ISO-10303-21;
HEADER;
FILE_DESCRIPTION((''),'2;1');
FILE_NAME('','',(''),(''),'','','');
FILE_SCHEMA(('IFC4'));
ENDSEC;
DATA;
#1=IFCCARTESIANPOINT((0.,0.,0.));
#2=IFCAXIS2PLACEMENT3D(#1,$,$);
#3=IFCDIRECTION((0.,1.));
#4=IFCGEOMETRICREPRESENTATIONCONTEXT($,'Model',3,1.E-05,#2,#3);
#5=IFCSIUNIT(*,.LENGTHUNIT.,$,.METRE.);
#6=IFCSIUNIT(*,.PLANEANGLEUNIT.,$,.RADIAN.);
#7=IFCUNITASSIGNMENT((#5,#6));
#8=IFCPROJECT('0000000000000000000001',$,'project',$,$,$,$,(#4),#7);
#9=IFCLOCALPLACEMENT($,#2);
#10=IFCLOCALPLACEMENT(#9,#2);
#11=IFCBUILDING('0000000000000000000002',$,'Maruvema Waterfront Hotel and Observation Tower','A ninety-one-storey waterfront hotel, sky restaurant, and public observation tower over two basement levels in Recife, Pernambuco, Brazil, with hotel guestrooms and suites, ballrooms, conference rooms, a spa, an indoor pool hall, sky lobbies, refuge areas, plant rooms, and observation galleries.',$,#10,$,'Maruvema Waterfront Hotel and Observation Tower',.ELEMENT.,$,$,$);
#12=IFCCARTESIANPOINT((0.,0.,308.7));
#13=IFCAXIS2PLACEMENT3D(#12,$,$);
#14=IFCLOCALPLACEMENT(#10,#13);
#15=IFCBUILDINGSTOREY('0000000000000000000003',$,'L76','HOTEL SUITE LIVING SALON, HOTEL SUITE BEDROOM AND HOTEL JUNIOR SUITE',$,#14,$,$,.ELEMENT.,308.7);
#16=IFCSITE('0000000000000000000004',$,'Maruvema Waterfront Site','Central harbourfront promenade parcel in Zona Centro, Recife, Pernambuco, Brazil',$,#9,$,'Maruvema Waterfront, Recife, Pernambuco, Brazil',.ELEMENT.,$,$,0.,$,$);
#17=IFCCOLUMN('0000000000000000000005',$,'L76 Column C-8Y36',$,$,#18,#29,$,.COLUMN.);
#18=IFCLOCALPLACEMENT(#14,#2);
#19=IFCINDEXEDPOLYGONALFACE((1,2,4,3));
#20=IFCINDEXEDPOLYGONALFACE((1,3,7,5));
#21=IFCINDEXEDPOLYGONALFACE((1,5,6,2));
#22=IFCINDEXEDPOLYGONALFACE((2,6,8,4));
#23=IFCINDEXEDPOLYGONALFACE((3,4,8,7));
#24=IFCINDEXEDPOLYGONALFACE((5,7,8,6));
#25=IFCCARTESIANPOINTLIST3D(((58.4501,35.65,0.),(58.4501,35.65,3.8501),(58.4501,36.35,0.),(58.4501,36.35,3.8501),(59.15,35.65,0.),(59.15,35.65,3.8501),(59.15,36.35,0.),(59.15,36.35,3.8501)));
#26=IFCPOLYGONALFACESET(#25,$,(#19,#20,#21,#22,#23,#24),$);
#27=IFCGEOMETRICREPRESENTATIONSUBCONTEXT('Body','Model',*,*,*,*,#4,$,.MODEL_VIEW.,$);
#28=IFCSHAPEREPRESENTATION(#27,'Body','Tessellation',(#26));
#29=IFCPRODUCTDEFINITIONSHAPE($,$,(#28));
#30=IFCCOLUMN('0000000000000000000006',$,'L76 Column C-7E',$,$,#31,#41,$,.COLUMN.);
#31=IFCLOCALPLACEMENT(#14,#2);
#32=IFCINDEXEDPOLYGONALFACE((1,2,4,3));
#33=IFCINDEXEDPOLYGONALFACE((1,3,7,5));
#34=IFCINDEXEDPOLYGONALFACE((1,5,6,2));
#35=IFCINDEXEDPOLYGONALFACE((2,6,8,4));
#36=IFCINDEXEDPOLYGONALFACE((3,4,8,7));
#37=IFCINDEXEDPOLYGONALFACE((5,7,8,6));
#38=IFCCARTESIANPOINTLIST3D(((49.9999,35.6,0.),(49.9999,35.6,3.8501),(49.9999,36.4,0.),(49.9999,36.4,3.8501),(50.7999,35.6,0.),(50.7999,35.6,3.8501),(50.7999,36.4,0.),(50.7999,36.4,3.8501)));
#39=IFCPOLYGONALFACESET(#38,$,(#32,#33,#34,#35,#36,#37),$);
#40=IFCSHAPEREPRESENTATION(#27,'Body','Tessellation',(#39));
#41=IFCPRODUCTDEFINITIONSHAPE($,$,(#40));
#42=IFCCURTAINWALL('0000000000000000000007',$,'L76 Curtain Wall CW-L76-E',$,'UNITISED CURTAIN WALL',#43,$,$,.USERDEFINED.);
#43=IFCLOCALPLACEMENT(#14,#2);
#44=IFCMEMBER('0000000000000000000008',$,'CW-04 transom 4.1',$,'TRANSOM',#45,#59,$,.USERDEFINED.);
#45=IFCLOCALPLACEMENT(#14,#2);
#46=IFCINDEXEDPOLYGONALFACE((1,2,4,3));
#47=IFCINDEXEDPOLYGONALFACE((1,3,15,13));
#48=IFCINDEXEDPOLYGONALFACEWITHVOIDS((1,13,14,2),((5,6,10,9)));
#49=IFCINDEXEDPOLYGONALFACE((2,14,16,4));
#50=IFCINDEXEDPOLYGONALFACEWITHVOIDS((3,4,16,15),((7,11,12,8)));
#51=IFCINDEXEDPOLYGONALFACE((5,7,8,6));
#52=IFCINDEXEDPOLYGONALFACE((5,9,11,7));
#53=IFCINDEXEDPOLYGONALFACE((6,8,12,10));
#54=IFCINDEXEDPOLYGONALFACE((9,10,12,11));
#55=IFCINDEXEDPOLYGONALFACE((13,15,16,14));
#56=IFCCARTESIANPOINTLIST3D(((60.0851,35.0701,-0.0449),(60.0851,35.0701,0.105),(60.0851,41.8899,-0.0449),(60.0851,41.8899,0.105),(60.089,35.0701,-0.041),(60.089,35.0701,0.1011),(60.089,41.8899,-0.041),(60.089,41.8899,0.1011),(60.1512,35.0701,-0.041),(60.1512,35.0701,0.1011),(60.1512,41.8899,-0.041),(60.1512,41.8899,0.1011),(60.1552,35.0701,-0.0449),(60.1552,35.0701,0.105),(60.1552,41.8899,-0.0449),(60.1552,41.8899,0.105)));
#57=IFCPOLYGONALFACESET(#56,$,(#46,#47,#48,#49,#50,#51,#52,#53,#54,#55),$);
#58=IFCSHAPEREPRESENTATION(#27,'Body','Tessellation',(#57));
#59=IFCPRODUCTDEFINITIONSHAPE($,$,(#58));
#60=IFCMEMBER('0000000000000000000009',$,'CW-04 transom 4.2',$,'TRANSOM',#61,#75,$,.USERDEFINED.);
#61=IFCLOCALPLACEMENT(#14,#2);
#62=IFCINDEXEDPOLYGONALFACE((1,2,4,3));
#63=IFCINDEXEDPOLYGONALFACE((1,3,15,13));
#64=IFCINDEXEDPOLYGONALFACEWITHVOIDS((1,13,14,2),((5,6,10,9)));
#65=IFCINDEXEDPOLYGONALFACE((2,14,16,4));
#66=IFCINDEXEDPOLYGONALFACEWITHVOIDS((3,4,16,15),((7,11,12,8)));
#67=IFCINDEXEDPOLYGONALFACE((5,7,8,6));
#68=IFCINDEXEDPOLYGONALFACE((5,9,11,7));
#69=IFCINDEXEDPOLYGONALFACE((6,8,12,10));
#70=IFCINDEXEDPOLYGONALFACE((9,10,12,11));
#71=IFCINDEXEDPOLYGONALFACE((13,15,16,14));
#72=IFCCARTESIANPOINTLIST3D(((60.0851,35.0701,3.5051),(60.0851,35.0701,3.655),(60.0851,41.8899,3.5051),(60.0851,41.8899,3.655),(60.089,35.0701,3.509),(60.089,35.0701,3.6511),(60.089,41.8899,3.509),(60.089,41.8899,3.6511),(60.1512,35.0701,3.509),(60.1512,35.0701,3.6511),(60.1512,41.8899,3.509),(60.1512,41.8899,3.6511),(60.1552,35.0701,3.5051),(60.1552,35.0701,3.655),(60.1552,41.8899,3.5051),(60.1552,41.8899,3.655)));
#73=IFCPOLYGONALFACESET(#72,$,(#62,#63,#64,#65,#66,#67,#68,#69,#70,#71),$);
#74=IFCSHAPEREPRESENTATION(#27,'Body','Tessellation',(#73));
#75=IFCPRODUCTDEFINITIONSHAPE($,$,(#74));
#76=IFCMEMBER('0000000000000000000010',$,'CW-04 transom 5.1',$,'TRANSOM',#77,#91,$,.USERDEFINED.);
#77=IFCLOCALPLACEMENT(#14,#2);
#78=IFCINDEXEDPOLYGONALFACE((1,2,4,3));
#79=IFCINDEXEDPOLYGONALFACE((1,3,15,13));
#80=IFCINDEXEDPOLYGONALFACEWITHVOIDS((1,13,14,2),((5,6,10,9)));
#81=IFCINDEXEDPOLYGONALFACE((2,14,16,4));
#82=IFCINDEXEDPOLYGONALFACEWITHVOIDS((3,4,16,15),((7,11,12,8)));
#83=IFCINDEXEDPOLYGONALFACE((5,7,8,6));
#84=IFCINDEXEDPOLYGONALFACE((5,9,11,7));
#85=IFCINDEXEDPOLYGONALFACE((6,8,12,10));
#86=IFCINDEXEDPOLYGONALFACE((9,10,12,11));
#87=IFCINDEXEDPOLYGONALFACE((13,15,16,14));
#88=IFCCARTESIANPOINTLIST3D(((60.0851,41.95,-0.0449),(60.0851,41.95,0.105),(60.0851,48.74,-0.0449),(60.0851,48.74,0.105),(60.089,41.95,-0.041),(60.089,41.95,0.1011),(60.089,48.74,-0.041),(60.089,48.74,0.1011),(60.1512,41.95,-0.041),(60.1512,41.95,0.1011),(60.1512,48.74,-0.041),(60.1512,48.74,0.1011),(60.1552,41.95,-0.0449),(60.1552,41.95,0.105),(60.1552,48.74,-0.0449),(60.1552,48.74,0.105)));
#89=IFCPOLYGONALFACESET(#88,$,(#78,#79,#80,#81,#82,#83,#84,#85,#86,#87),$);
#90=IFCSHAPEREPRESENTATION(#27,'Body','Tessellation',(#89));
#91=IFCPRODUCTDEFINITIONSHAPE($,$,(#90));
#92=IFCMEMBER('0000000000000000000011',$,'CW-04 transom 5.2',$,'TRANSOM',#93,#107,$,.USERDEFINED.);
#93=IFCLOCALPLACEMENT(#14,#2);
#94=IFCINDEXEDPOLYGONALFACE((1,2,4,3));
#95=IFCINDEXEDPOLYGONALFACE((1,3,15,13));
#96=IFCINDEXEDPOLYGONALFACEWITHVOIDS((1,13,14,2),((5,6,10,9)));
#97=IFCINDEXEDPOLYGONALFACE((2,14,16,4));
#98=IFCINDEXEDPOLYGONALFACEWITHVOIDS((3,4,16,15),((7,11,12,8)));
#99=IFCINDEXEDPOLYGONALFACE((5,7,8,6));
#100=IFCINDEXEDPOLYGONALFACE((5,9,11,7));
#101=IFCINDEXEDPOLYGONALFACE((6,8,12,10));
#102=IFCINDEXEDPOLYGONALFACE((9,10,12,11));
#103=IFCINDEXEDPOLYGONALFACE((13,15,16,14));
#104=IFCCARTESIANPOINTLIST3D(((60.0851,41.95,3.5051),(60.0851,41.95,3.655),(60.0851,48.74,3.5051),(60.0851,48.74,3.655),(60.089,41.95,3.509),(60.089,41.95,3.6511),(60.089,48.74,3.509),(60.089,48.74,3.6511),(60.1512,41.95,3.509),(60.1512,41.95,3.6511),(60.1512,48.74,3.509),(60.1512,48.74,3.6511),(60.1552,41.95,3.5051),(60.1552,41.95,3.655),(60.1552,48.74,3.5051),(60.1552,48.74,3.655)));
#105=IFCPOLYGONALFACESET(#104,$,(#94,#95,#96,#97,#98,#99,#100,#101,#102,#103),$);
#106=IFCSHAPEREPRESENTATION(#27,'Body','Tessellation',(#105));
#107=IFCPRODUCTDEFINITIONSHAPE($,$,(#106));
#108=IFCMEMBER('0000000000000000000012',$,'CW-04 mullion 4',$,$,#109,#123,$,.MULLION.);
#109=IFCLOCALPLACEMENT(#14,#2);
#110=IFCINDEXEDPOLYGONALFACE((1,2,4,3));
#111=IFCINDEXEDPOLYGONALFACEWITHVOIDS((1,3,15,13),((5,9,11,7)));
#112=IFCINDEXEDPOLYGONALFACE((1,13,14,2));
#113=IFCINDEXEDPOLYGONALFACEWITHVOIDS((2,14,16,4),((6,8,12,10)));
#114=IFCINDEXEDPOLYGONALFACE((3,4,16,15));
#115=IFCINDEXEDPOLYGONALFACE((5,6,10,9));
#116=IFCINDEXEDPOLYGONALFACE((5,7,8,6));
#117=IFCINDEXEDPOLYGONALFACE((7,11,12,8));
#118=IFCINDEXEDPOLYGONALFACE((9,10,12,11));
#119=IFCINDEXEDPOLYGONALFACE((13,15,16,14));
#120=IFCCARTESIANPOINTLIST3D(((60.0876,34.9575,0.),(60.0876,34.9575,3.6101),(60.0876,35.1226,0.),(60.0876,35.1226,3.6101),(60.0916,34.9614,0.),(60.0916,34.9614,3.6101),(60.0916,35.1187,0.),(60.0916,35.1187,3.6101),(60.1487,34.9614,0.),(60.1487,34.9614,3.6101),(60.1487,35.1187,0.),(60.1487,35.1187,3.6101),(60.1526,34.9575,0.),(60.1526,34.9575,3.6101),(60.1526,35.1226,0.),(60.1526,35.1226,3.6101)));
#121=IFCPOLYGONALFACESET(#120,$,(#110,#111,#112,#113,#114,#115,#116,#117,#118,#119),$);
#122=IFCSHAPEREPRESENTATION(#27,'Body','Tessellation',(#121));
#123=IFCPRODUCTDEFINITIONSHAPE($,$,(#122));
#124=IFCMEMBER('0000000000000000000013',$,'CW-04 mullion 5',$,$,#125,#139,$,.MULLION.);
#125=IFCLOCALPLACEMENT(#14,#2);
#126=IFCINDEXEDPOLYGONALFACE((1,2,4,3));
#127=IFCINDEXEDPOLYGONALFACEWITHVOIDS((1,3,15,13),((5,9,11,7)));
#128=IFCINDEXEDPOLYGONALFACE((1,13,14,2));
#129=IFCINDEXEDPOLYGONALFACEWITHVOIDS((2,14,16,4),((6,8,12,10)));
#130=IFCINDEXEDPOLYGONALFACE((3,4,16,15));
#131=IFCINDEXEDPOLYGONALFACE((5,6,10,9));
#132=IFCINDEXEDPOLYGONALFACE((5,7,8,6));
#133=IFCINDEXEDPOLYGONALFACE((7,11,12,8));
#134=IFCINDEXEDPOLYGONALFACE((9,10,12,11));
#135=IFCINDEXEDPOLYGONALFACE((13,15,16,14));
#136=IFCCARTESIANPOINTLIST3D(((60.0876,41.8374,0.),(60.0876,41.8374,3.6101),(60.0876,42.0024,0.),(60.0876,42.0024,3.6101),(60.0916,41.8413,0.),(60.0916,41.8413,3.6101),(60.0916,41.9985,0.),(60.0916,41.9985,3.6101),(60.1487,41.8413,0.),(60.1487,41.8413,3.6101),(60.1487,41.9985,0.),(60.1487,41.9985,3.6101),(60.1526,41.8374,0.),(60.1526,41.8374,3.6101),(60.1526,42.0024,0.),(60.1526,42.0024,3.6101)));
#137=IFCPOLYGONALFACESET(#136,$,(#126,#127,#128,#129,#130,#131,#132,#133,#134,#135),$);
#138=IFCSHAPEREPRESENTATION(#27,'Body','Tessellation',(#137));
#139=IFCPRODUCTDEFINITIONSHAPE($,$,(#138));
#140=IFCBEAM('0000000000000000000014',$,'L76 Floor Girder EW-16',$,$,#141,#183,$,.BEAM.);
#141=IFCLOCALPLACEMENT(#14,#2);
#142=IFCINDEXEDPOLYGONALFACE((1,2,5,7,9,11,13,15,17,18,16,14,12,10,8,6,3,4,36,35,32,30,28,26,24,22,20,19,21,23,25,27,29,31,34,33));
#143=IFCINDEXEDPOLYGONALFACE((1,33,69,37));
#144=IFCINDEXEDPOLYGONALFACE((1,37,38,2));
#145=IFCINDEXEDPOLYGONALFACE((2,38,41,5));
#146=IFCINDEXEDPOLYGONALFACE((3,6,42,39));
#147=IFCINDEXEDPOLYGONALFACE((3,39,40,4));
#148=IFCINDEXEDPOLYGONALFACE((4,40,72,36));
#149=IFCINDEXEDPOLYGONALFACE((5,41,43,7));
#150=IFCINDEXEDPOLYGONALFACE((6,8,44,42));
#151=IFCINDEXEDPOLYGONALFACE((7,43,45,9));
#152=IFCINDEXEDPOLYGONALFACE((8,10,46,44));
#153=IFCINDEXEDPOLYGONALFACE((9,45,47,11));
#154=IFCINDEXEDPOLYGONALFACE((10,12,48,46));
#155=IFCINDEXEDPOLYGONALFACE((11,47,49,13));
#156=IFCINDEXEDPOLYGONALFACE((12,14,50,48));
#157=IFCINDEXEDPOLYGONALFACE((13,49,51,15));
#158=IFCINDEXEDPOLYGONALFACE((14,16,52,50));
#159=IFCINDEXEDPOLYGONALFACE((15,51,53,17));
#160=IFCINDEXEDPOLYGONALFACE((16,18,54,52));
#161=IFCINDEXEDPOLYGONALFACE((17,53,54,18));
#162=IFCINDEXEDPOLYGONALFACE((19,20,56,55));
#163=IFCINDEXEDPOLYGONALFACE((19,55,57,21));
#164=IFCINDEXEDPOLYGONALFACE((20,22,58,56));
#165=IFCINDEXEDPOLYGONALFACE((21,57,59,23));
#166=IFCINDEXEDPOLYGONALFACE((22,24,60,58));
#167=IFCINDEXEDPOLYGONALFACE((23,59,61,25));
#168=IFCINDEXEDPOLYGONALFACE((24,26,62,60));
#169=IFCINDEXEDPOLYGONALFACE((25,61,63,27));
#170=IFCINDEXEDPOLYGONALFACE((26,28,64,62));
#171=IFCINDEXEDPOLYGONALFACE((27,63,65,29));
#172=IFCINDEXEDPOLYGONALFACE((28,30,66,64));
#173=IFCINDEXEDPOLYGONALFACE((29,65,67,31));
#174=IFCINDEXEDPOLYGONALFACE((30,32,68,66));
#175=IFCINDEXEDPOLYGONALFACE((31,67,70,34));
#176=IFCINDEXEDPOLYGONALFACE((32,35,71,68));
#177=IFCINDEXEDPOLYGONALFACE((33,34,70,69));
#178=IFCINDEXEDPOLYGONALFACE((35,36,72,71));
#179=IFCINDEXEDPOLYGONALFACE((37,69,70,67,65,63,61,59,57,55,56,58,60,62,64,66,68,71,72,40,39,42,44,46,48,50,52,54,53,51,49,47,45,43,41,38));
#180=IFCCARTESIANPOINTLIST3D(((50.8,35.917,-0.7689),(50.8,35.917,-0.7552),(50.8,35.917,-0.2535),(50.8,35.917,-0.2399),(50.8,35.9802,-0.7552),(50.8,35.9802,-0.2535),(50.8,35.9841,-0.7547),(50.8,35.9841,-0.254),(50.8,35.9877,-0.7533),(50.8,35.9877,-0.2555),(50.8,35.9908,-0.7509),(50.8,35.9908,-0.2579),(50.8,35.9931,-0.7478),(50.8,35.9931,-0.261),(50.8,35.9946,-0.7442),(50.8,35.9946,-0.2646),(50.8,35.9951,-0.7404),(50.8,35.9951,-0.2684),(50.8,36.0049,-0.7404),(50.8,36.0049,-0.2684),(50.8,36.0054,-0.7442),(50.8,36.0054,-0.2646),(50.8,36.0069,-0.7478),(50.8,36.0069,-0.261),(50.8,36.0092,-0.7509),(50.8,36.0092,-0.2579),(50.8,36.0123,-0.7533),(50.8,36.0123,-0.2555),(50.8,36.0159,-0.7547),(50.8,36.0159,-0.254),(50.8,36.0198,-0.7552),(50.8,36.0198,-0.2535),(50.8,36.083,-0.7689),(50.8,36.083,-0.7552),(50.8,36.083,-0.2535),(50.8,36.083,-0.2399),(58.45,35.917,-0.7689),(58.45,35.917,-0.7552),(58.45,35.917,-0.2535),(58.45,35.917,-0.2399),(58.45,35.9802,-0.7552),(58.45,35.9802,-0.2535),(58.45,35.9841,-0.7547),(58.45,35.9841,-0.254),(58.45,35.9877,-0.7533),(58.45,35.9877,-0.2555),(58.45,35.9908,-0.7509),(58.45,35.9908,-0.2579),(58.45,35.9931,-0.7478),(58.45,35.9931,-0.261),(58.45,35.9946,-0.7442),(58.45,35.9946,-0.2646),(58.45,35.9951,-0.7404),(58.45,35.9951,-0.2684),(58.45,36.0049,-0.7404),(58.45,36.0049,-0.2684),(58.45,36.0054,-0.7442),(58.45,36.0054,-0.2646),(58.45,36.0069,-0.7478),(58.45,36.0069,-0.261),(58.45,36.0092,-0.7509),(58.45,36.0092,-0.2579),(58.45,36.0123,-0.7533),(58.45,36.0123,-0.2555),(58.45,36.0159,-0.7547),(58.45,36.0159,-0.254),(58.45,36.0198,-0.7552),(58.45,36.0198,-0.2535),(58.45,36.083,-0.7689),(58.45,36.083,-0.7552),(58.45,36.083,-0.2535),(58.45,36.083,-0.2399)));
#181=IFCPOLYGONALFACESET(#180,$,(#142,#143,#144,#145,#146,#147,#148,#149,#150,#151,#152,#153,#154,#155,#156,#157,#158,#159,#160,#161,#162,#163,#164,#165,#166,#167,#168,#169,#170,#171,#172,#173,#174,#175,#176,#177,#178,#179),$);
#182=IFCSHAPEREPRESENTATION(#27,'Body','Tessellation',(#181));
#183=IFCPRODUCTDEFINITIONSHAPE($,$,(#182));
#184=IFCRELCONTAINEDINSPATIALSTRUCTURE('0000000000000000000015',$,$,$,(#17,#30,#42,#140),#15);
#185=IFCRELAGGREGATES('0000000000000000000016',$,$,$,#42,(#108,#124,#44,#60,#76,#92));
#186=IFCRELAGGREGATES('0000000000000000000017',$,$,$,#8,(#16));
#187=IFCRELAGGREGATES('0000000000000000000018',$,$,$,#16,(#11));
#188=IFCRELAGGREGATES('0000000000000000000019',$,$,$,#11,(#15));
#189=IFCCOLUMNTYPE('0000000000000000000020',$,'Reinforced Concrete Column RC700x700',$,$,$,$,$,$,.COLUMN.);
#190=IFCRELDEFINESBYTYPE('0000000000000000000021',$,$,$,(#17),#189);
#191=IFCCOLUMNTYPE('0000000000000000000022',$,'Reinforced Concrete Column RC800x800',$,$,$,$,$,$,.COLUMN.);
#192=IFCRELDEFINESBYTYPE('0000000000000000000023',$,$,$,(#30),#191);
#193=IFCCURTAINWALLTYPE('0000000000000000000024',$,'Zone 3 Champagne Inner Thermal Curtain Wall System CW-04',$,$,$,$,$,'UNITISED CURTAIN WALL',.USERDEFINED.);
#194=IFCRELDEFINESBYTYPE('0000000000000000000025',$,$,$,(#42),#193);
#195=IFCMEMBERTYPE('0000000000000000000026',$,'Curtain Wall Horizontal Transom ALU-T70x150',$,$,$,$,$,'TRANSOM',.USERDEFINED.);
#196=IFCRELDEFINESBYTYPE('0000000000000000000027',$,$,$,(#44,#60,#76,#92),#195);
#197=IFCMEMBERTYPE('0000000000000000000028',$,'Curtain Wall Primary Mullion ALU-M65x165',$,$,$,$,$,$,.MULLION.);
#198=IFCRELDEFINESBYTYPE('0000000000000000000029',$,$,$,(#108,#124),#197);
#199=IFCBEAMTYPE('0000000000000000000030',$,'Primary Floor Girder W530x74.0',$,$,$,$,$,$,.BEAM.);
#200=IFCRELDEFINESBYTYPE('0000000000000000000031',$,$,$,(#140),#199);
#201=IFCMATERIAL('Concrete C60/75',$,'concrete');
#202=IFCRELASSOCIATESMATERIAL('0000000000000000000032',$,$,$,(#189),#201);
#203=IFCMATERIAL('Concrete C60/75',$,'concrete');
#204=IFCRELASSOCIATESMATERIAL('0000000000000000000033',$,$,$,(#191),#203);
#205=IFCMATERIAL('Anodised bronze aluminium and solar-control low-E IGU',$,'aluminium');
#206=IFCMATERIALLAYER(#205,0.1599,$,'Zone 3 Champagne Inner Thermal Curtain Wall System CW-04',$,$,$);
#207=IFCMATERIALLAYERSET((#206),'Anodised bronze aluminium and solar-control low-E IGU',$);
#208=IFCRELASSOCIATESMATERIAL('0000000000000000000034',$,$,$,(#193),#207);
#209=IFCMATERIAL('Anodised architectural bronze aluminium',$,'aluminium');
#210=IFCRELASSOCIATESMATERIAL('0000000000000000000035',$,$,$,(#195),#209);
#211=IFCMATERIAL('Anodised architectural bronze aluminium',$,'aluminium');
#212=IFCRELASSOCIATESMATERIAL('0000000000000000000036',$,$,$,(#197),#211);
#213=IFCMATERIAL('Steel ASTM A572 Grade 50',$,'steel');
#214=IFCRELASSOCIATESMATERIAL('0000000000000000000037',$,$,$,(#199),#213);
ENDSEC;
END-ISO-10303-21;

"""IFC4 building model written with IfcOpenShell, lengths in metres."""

from ifc_helpers import new_model, si_unit, direction, frame, origin, origin_2d, place, context, subcontext, project, spatial, rectangle, hollow_rectangle, i_section, extrude, material, layer, layer_set, material_profile, profile_set, type_object, element, aggregate, save


model = new_model("IFC4")

# Units and contexts
model_context = context("Model", 3, precision=1e-05, world=origin(), true_north=direction((0.0, 1.0)))
body_context = subcontext(model_context, "Body", "Model", "MODEL_VIEW")
ifc_project = project(units=[si_unit("LENGTHUNIT", "METRE"), si_unit("PLANEANGLEUNIT", "RADIAN")], contexts=[model_context])

# Site, building, storey
site_placement = place(None, origin())
site = spatial("IfcSite", under=ifc_project, at=site_placement, Name="Maruvema Waterfront Site", Description="Central harbourfront promenade parcel in Zona Centro, Recife, Pernambuco, Brazil", LongName="Maruvema Waterfront, Recife, Pernambuco, Brazil", CompositionType="ELEMENT", RefElevation=0.0)
building_placement = place(site_placement, origin())
building = spatial("IfcBuilding", under=site, at=building_placement, Name="Maruvema Waterfront Hotel and Observation Tower", Description="A ninety-one-storey waterfront hotel, sky restaurant, and public observation tower over two basement levels in Recife, Pernambuco, Brazil, with hotel guestrooms and suites, ballrooms, conference rooms, a spa, an indoor pool hall, sky lobbies, refuge areas, plant rooms, and observation galleries.", LongName="Maruvema Waterfront Hotel and Observation Tower", CompositionType="ELEMENT")
storey_placement = place(building_placement, frame((0.0, 0.0, 308.7)))
storey = spatial("IfcBuildingStorey", under=building, at=storey_placement, Name="L76", Description="HOTEL SUITE LIVING SALON, HOTEL SUITE BEDROOM AND HOTEL JUNIOR SUITE", CompositionType="ELEMENT", Elevation=308.7)

# Columns
ifc_material_1 = material(Name="Concrete C60/75", Category="concrete")
ifc_material_profile_1 = material_profile(ifc_material_1, rectangle(XDim=0.7, YDim=0.7, at=origin_2d()), Name="RC700x700")
ifc_profile_set_1 = profile_set([ifc_material_profile_1], Name="Concrete C60/75")
column_type_1 = type_object("IfcColumnType", Name="Reinforced Concrete Column RC700x700", PredefinedType="COLUMN", material=ifc_profile_set_1)
column_1_placement = place(storey_placement, frame((58.8, 36.0, 0.0), z_axis=(0.0, 0.0, 1.0), x_axis=(1.0, 0.0, 0.0)))
element("IfcColumn", 1, at=column_1_placement, inside=storey, type_object=column_type_1, Name="L76 Column C-8Y36", PredefinedType="COLUMN", context=body_context, shape_type="SweptSolid", body=[
    extrude(rectangle(XDim=0.7, YDim=0.7, at=origin_2d()), origin(), (0.0, 0.0, 1.0), 3.8501),
])
ifc_material_2 = material(Name="Concrete C60/75", Category="concrete")
ifc_material_profile_2 = material_profile(ifc_material_2, rectangle(XDim=0.8, YDim=0.8, at=origin_2d()), Name="RC800x800")
ifc_profile_set_2 = profile_set([ifc_material_profile_2], Name="Concrete C60/75")
column_type_2 = type_object("IfcColumnType", Name="Reinforced Concrete Column RC800x800", PredefinedType="COLUMN", material=ifc_profile_set_2)
column_2_placement = place(storey_placement, frame((50.3999, 36.0, 0.0), z_axis=(0.0, 0.0, 1.0), x_axis=(1.0, 0.0, 0.0)))
element("IfcColumn", 2, at=column_2_placement, inside=storey, type_object=column_type_2, Name="L76 Column C-7E", PredefinedType="COLUMN", context=body_context, shape_type="SweptSolid", body=[
    extrude(rectangle(XDim=0.8, YDim=0.8, at=origin_2d()), origin(), (0.0, 0.0, 1.0), 3.8501),
])

# Curtain wall, members
ifc_material_3 = material(Name="Anodised bronze aluminium and solar-control low-E IGU", Category="aluminium")
ifc_layer_1 = layer(ifc_material_3, 0.1599, Name="Zone 3 Champagne Inner Thermal Curtain Wall System CW-04")
ifc_layer_set_1 = layer_set([ifc_layer_1], Name="Anodised bronze aluminium and solar-control low-E IGU")
curtain_wall_type = type_object("IfcCurtainWallType", Name="Zone 3 Champagne Inner Thermal Curtain Wall System CW-04", ElementType="UNITISED CURTAIN WALL", PredefinedType="USERDEFINED", material=ifc_layer_set_1)
curtain_wall_placement = place(storey_placement, origin())
curtain_wall = element("IfcCurtainWall", 3, at=curtain_wall_placement, inside=storey, type_object=curtain_wall_type, Name="L76 Curtain Wall CW-L76-E", ObjectType="UNITISED CURTAIN WALL", PredefinedType="USERDEFINED")
ifc_material_4 = material(Name="Anodised architectural bronze aluminium", Category="aluminium")
ifc_material_profile_3 = material_profile(ifc_material_4, hollow_rectangle(XDim=0.0701, YDim=0.1499, WallThickness=0.0039, at=origin_2d()), Name="ALU-T70x150")
ifc_profile_set_3 = profile_set([ifc_material_profile_3], Name="Anodised architectural bronze aluminium")
member_type_1 = type_object("IfcMemberType", Name="Curtain Wall Horizontal Transom ALU-T70x150", ElementType="TRANSOM", PredefinedType="USERDEFINED", material=ifc_profile_set_3)
member_1_placement = place(storey_placement, frame((60.1201, 35.0701, 0.03), z_axis=(0.0, 1.0, 0.0), x_axis=(-1.0, 0.0, 0.0)))
member_1 = element("IfcMember", 4, at=member_1_placement, type_object=member_type_1, Name="CW-04 transom 4.1", ObjectType="TRANSOM", PredefinedType="USERDEFINED", context=body_context, shape_type="SweptSolid", body=[
    extrude(hollow_rectangle(XDim=0.0701, YDim=0.1499, WallThickness=0.0039, at=origin_2d()), origin(), (0.0, 0.0, 1.0), 6.8198),
])
member_2_placement = place(storey_placement, frame((60.1201, 35.0701, 3.5801), z_axis=(0.0, 1.0, 0.0), x_axis=(-1.0, 0.0, 0.0)))
member_2 = element("IfcMember", 5, at=member_2_placement, type_object=member_type_1, Name="CW-04 transom 4.2", ObjectType="TRANSOM", PredefinedType="USERDEFINED", context=body_context, shape_type="SweptSolid", body=[
    extrude(hollow_rectangle(XDim=0.0701, YDim=0.1499, WallThickness=0.0039, at=origin_2d()), origin(), (0.0, 0.0, 1.0), 6.8198),
])
member_3_placement = place(storey_placement, frame((60.1201, 41.95, 0.03), z_axis=(0.0, 1.0, 0.0), x_axis=(-1.0, 0.0, 0.0)))
member_3 = element("IfcMember", 6, at=member_3_placement, type_object=member_type_1, Name="CW-04 transom 5.1", ObjectType="TRANSOM", PredefinedType="USERDEFINED", context=body_context, shape_type="SweptSolid", body=[
    extrude(hollow_rectangle(XDim=0.0701, YDim=0.1499, WallThickness=0.0039, at=origin_2d()), origin(), (0.0, 0.0, 1.0), 6.79),
])
member_4_placement = place(storey_placement, frame((60.1201, 41.95, 3.5801), z_axis=(0.0, 1.0, 0.0), x_axis=(-1.0, 0.0, 0.0)))
member_4 = element("IfcMember", 7, at=member_4_placement, type_object=member_type_1, Name="CW-04 transom 5.2", ObjectType="TRANSOM", PredefinedType="USERDEFINED", context=body_context, shape_type="SweptSolid", body=[
    extrude(hollow_rectangle(XDim=0.0701, YDim=0.1499, WallThickness=0.0039, at=origin_2d()), origin(), (0.0, 0.0, 1.0), 6.79),
])
ifc_material_5 = material(Name="Anodised architectural bronze aluminium", Category="aluminium")
ifc_material_profile_4 = material_profile(ifc_material_5, hollow_rectangle(XDim=0.0649, YDim=0.165, WallThickness=0.0039, at=origin_2d()), Name="ALU-M65x165")
ifc_profile_set_4 = profile_set([ifc_material_profile_4], Name="Anodised architectural bronze aluminium")
member_type_2 = type_object("IfcMemberType", Name="Curtain Wall Primary Mullion ALU-M65x165", PredefinedType="MULLION", material=ifc_profile_set_4)
member_5_placement = place(storey_placement, frame((60.1201, 35.04, 0.0), z_axis=(0.0, 0.0, 1.0), x_axis=(-1.0, 0.0, 0.0)))
member_5 = element("IfcMember", 8, at=member_5_placement, type_object=member_type_2, Name="CW-04 mullion 4", PredefinedType="MULLION", context=body_context, shape_type="SweptSolid", body=[
    extrude(hollow_rectangle(XDim=0.0649, YDim=0.165, WallThickness=0.0039, at=origin_2d()), origin(), (0.0, 0.0, 1.0), 3.6101),
])
member_6_placement = place(storey_placement, frame((60.1201, 41.9199, 0.0), z_axis=(0.0, 0.0, 1.0), x_axis=(-1.0, 0.0, 0.0)))
member_6 = element("IfcMember", 9, at=member_6_placement, type_object=member_type_2, Name="CW-04 mullion 5", PredefinedType="MULLION", context=body_context, shape_type="SweptSolid", body=[
    extrude(hollow_rectangle(XDim=0.0649, YDim=0.165, WallThickness=0.0039, at=origin_2d()), origin(), (0.0, 0.0, 1.0), 3.6101),
])

# Beam
ifc_material_6 = material(Name="Steel ASTM A572 Grade 50", Category="steel")
ifc_material_profile_5 = material_profile(ifc_material_6, i_section(OverallWidth=0.166, OverallDepth=0.5291, WebThickness=0.0098, FlangeThickness=0.0137, FilletRadius=0.0149, at=origin_2d()), Name="W530x74.0")
ifc_profile_set_5 = profile_set([ifc_material_profile_5], Name="Steel ASTM A572 Grade 50")
beam_type_1 = type_object("IfcBeamType", Name="Primary Floor Girder W530x74.0", PredefinedType="BEAM", material=ifc_profile_set_5)
beam_1_placement = place(storey_placement, frame((50.8, 36.0, -0.5044), z_axis=(1.0, 0.0, 0.0), x_axis=(0.0, 1.0, 0.0)))
element("IfcBeam", 10, at=beam_1_placement, inside=storey, type_object=beam_type_1, Name="L76 Floor Girder EW-16", PredefinedType="BEAM", context=body_context, shape_type="SweptSolid", body=[
    extrude(i_section(OverallWidth=0.166, OverallDepth=0.5291, WebThickness=0.0098, FlangeThickness=0.0137, FilletRadius=0.0149, at=origin_2d()), origin(), (0.0, 0.0, 1.0), 7.6499),
])

aggregate(curtain_wall, [member_5, member_6, member_1, member_2, member_3, member_4])

save(model, "model.ifc")
